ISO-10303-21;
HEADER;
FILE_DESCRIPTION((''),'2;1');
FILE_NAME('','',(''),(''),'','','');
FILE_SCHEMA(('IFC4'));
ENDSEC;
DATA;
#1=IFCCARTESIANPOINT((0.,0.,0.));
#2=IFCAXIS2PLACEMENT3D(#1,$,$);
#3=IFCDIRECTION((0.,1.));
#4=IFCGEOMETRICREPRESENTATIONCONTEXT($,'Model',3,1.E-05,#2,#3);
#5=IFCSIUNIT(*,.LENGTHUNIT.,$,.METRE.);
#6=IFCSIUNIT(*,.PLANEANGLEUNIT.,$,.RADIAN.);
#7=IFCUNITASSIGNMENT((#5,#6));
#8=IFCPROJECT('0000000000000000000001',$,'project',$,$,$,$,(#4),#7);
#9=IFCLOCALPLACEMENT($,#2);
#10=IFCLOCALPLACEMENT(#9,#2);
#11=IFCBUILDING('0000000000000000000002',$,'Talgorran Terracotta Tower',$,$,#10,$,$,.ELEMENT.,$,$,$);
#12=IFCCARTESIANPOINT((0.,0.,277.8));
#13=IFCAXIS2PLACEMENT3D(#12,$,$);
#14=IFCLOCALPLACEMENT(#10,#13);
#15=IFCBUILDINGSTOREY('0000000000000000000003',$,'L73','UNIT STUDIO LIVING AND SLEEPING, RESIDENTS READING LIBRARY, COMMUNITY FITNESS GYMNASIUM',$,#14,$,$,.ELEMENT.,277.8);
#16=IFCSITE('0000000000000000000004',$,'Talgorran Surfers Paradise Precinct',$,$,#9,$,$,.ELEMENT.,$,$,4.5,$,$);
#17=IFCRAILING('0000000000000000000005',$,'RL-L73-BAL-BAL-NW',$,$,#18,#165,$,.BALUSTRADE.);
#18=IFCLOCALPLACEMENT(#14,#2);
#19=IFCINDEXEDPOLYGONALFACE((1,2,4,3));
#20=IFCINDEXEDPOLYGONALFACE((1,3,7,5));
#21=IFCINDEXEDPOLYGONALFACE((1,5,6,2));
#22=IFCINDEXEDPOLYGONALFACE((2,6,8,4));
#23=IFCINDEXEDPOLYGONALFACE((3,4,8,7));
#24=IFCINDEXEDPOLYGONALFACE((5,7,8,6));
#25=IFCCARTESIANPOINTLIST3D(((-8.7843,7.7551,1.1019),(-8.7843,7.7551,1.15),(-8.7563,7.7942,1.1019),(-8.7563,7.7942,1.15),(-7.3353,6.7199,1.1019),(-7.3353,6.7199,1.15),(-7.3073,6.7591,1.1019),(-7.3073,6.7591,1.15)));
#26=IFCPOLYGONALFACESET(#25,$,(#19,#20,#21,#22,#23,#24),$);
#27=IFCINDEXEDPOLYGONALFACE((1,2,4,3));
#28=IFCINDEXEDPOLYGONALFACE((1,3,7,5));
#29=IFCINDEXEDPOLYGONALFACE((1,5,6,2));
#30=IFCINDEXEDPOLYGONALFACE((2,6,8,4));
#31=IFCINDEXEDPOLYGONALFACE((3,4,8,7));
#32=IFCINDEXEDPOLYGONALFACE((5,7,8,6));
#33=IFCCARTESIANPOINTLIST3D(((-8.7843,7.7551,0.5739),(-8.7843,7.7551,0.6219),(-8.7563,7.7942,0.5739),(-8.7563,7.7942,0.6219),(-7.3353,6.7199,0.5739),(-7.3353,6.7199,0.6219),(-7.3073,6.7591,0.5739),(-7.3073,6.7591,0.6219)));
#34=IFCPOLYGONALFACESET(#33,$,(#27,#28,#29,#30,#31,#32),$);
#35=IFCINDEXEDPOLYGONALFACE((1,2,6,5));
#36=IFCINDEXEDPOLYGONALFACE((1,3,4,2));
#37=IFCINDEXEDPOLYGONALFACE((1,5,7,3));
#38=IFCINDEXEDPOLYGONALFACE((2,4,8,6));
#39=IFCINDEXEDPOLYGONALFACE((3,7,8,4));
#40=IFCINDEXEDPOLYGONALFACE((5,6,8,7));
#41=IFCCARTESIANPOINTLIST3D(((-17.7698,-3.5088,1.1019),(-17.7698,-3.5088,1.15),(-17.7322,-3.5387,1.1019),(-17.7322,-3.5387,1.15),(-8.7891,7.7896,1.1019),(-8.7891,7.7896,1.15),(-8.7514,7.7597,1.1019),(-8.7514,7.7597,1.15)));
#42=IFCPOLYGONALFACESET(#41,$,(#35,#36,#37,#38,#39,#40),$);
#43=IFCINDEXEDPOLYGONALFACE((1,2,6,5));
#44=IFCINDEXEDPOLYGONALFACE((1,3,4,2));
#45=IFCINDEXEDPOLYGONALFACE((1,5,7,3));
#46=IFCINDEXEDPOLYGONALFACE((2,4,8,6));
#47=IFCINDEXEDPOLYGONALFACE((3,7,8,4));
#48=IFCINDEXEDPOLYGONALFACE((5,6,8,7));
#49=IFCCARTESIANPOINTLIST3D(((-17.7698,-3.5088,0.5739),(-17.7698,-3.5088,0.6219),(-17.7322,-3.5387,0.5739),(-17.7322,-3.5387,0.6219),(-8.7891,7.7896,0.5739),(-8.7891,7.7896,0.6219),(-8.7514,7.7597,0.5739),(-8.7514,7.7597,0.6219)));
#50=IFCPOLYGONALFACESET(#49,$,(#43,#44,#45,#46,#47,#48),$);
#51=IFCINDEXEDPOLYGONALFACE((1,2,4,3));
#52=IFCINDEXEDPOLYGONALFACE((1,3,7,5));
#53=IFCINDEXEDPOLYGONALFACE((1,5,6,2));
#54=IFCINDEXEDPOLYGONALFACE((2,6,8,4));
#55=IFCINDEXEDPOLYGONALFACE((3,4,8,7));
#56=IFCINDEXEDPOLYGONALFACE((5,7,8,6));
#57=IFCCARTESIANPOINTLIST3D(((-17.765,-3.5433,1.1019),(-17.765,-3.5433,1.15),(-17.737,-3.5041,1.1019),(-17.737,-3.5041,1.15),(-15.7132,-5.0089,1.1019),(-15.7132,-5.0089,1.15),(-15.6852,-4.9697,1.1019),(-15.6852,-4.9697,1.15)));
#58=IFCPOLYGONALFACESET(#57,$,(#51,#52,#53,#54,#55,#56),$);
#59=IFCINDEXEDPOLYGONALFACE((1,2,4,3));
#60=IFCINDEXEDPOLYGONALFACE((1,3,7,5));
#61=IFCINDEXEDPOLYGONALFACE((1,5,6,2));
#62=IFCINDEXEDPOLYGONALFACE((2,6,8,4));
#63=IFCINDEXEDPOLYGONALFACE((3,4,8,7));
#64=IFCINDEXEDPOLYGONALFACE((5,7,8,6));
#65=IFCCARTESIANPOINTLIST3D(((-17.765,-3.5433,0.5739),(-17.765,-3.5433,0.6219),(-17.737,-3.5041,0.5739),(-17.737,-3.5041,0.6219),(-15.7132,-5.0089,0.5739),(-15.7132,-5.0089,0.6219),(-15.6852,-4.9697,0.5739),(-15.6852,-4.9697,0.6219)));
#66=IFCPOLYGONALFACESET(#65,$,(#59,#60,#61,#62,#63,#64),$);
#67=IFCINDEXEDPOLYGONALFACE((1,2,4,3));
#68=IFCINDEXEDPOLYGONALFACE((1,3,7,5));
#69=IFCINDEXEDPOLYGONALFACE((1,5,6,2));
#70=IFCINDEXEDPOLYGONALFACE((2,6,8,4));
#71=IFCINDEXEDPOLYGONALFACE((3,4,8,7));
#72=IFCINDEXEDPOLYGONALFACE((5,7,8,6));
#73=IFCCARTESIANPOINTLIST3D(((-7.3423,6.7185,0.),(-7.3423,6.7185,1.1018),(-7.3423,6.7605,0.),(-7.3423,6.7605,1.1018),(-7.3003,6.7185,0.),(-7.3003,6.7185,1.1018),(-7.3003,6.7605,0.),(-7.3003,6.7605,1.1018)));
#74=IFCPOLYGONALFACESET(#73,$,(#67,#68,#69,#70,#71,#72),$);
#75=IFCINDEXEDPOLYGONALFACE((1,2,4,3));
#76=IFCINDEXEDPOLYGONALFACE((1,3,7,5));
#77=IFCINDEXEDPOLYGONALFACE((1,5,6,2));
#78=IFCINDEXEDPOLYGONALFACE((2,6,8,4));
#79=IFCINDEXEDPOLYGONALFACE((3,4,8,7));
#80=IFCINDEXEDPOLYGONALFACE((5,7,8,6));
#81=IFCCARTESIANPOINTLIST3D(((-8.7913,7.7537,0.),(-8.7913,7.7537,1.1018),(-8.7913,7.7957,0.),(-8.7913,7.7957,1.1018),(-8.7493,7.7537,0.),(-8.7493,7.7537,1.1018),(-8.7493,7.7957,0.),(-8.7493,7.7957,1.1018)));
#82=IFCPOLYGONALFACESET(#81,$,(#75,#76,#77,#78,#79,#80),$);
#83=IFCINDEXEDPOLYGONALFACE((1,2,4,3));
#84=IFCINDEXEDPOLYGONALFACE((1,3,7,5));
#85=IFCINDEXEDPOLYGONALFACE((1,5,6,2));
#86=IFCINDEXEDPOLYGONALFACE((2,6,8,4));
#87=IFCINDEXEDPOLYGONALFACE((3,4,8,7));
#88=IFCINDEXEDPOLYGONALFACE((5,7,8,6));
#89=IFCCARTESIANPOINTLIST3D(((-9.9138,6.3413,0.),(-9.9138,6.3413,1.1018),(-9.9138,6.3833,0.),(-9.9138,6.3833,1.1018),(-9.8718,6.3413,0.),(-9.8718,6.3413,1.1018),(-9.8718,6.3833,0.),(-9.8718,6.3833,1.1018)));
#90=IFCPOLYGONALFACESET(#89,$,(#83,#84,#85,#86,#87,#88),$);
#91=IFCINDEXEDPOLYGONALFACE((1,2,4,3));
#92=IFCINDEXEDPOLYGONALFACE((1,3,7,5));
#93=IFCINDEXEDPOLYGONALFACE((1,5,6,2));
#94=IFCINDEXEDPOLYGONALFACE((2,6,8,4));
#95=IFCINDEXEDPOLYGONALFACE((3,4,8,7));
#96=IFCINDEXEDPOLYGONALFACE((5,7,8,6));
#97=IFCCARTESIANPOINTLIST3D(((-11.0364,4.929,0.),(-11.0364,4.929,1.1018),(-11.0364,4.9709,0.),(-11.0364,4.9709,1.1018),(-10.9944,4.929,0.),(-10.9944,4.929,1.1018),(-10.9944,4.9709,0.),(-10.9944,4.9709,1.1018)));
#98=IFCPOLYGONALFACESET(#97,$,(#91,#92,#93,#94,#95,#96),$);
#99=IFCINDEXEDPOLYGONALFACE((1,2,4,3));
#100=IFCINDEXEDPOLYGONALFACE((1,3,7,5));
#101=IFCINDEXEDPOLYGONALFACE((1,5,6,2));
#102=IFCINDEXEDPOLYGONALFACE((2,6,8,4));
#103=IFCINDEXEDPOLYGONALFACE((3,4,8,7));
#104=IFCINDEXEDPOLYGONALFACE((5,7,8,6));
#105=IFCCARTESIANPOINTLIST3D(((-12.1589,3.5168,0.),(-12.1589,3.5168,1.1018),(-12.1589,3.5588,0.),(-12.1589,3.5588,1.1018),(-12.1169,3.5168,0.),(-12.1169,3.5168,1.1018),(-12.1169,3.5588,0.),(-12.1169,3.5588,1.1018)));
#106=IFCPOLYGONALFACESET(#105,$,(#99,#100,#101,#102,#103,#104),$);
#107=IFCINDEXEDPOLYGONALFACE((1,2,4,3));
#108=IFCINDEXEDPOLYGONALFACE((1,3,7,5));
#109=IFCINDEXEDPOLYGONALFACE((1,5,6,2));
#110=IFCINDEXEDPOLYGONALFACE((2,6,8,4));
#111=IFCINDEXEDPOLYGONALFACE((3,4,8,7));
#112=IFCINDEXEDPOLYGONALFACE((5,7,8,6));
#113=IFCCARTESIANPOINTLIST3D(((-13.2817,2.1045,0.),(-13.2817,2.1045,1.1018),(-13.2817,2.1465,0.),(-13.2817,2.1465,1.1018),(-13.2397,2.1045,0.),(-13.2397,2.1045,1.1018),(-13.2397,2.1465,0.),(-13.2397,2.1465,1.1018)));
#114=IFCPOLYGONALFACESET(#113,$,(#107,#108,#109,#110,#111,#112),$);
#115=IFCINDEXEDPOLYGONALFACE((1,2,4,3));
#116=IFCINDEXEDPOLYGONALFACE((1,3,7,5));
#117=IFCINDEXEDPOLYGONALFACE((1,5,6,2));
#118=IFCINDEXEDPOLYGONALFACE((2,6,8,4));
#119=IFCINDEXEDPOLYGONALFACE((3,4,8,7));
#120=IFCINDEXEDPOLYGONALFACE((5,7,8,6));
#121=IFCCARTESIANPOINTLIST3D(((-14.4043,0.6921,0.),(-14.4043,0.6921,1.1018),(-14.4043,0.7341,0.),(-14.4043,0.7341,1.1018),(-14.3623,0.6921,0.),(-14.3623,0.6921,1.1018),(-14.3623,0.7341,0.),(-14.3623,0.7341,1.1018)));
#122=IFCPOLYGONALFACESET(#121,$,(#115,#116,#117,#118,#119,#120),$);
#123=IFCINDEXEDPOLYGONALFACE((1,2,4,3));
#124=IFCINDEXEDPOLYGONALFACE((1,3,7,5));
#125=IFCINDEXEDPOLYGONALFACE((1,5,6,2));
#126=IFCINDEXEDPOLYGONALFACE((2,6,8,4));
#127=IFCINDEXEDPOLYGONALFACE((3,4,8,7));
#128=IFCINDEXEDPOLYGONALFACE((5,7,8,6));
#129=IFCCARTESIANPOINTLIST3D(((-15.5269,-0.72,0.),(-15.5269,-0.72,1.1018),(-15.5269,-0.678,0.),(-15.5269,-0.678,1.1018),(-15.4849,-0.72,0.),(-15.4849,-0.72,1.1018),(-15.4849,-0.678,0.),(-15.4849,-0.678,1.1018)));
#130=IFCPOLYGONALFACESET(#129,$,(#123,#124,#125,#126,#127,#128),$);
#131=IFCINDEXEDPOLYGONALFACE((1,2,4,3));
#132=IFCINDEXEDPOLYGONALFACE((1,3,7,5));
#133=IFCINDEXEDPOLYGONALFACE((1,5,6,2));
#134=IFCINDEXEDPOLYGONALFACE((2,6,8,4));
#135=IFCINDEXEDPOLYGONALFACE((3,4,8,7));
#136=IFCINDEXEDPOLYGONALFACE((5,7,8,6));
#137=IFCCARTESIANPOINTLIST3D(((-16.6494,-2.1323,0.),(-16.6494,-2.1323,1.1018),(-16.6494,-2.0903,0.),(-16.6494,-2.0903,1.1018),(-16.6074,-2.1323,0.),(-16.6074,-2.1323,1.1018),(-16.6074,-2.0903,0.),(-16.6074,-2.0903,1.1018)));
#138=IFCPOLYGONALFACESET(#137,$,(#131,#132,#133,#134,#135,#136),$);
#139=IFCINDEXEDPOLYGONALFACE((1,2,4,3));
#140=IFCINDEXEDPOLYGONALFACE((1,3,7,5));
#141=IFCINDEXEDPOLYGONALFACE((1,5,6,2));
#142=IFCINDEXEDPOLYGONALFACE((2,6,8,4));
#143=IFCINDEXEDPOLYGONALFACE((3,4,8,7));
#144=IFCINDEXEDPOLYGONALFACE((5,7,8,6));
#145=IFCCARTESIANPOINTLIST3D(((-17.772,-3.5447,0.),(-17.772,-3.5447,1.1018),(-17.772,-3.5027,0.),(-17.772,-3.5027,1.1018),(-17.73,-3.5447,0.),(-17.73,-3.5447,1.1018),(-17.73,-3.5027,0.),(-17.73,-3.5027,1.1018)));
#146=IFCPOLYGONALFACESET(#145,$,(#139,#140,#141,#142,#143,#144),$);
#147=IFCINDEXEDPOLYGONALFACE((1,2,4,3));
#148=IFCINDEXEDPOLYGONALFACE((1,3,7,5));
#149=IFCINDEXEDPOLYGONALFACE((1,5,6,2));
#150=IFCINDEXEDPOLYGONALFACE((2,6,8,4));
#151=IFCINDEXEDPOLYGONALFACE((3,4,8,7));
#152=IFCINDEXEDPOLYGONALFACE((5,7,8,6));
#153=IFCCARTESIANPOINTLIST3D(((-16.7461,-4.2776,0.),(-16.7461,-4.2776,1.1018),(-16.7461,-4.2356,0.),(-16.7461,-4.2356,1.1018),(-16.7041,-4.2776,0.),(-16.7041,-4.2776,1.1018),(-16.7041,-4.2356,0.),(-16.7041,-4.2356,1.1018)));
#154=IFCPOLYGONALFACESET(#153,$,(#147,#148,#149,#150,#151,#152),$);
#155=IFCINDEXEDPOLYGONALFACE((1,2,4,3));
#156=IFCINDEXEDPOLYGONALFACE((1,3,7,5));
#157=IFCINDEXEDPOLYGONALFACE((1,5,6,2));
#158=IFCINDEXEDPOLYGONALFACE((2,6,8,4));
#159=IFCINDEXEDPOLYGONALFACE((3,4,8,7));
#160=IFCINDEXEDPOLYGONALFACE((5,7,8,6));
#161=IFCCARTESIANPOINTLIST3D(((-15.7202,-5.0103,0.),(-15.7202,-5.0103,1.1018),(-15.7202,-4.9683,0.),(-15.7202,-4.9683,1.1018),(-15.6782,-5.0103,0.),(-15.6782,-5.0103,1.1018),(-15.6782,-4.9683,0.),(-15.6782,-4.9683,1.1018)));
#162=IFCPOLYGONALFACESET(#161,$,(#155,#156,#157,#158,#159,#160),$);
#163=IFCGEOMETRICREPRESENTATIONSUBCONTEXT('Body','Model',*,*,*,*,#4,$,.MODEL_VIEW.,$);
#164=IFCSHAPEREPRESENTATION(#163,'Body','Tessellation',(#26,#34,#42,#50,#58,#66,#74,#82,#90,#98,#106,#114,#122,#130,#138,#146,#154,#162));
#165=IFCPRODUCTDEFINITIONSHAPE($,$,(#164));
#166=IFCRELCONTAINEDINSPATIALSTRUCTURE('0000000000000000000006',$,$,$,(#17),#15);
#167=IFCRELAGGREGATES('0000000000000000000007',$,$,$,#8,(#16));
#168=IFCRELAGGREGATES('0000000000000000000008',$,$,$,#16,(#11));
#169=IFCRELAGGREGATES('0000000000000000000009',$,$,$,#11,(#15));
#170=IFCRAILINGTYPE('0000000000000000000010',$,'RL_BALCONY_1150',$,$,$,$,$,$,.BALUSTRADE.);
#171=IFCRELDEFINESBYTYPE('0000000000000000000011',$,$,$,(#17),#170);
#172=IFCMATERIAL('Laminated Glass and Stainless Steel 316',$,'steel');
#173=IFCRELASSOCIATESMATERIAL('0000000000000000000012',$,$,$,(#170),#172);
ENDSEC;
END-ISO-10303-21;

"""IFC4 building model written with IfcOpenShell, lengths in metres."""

from ifc_helpers import new_model, si_unit, direction, frame, origin, origin_2d, place, context, subcontext, project, spatial, rectangle, extrude, material, type_object, element, save


model = new_model("IFC4")

# Units and contexts
model_context = context("Model", 3, precision=1e-05, world=origin(), true_north=direction((0.0, 1.0)))
body_context = subcontext(model_context, "Body", "Model", "MODEL_VIEW")
ifc_project = project(units=[si_unit("LENGTHUNIT", "METRE"), si_unit("PLANEANGLEUNIT", "RADIAN")], contexts=[model_context])

# Site, building, storey
site_placement = place(None, origin())
site = spatial("IfcSite", under=ifc_project, at=site_placement, Name="Talgorran Surfers Paradise Precinct", CompositionType="ELEMENT", RefElevation=4.5)
building_placement = place(site_placement, origin())
building = spatial("IfcBuilding", under=site, at=building_placement, Name="Talgorran Terracotta Tower", CompositionType="ELEMENT")
storey_placement = place(building_placement, frame((0.0, 0.0, 277.8)))
storey = spatial("IfcBuildingStorey", under=building, at=storey_placement, Name="L73", Description="UNIT STUDIO LIVING AND SLEEPING, RESIDENTS READING LIBRARY, COMMUNITY FITNESS GYMNASIUM", CompositionType="ELEMENT", Elevation=277.8)

# Railing
ifc_material_1 = material(Name="Laminated Glass and Stainless Steel 316", Category="steel")
railing_type = type_object("IfcRailingType", Name="RL_BALCONY_1150", PredefinedType="BALUSTRADE", material=ifc_material_1)
railing_placement = place(storey_placement, frame((-7.3213, 6.7395, 0.0)))
element("IfcRailing", 1, at=railing_placement, inside=storey, type_object=railing_type, Name="RL-L73-BAL-BAL-NW", PredefinedType="BALUSTRADE", context=body_context, shape_type="SweptSolid", body=[
    extrude(rectangle(XDim=0.0481, YDim=0.0481, at=origin_2d()), frame((0.0, 0.0, 1.126), z_axis=(-0.813687, 0.581303, 0.0), x_axis=(-0.581303, -0.813687, 0.0)), (0.0, 0.0, 1.0), 1.7808),
    extrude(rectangle(XDim=0.0481, YDim=0.0481, at=origin_2d()), frame((0.0, 0.0, 0.5979), z_axis=(-0.813687, 0.581303, 0.0), x_axis=(-0.581303, -0.813687, 0.0)), (0.0, 0.0, 1.0), 1.7808),
    extrude(rectangle(XDim=0.0481, YDim=0.0481, at=origin_2d()), frame((-1.449, 1.0352, 1.126), z_axis=(-0.622243, -0.782824, 0.0), x_axis=(0.782824, -0.622243, 0.0)), (0.0, 0.0, 1.0), 14.4329),
    extrude(rectangle(XDim=0.0481, YDim=0.0481, at=origin_2d()), frame((-1.449, 1.0352, 0.5979), z_axis=(-0.622243, -0.782824, 0.0), x_axis=(0.782824, -0.622243, 0.0)), (0.0, 0.0, 1.0), 14.4329),
    extrude(rectangle(XDim=0.0481, YDim=0.0481, at=origin_2d()), frame((-10.4297, -10.2632, 1.126), z_axis=(0.813727, -0.581247, 0.0), x_axis=(0.581247, 0.813727, 0.0)), (0.0, 0.0, 1.0), 2.5215),
    extrude(rectangle(XDim=0.0481, YDim=0.0481, at=origin_2d()), frame((-10.4297, -10.2632, 0.5979), z_axis=(0.813727, -0.581247, 0.0), x_axis=(0.581247, 0.813727, 0.0)), (0.0, 0.0, 1.0), 2.5215),
    extrude(rectangle(XDim=0.042, YDim=0.042, at=origin_2d()), origin(), (0.0, 0.0, 1.0), 1.1018),
    extrude(rectangle(XDim=0.042, YDim=0.042, at=origin_2d()), frame((-1.449, 1.0352, 0.0)), (0.0, 0.0, 1.0), 1.1018),
    extrude(rectangle(XDim=0.042, YDim=0.042, at=origin_2d()), frame((-2.5715, -0.3772, 0.0)), (0.0, 0.0, 1.0), 1.1018),
    extrude(rectangle(XDim=0.042, YDim=0.042, at=origin_2d()), frame((-3.6941, -1.7896, 0.0)), (0.0, 0.0, 1.0), 1.1018),
    extrude(rectangle(XDim=0.042, YDim=0.042, at=origin_2d()), frame((-4.8167, -3.2017, 0.0)), (0.0, 0.0, 1.0), 1.1018),
    extrude(rectangle(XDim=0.042, YDim=0.042, at=origin_2d()), frame((-5.9395, -4.614, 0.0)), (0.0, 0.0, 1.0), 1.1018),
    extrude(rectangle(XDim=0.042, YDim=0.042, at=origin_2d()), frame((-7.062, -6.0264, 0.0)), (0.0, 0.0, 1.0), 1.1018),
    extrude(rectangle(XDim=0.042, YDim=0.042, at=origin_2d()), frame((-8.1846, -7.4385, 0.0)), (0.0, 0.0, 1.0), 1.1018),
    extrude(rectangle(XDim=0.042, YDim=0.042, at=origin_2d()), frame((-9.3071, -8.8508, 0.0)), (0.0, 0.0, 1.0), 1.1018),
    extrude(rectangle(XDim=0.042, YDim=0.042, at=origin_2d()), frame((-10.4297, -10.2632, 0.0)), (0.0, 0.0, 1.0), 1.1018),
    extrude(rectangle(XDim=0.042, YDim=0.042, at=origin_2d()), frame((-9.4038, -10.9961, 0.0)), (0.0, 0.0, 1.0), 1.1018),
    extrude(rectangle(XDim=0.042, YDim=0.042, at=origin_2d()), frame((-8.3779, -11.7288, 0.0)), (0.0, 0.0, 1.0), 1.1018),
])

save(model, "model.ifc")
